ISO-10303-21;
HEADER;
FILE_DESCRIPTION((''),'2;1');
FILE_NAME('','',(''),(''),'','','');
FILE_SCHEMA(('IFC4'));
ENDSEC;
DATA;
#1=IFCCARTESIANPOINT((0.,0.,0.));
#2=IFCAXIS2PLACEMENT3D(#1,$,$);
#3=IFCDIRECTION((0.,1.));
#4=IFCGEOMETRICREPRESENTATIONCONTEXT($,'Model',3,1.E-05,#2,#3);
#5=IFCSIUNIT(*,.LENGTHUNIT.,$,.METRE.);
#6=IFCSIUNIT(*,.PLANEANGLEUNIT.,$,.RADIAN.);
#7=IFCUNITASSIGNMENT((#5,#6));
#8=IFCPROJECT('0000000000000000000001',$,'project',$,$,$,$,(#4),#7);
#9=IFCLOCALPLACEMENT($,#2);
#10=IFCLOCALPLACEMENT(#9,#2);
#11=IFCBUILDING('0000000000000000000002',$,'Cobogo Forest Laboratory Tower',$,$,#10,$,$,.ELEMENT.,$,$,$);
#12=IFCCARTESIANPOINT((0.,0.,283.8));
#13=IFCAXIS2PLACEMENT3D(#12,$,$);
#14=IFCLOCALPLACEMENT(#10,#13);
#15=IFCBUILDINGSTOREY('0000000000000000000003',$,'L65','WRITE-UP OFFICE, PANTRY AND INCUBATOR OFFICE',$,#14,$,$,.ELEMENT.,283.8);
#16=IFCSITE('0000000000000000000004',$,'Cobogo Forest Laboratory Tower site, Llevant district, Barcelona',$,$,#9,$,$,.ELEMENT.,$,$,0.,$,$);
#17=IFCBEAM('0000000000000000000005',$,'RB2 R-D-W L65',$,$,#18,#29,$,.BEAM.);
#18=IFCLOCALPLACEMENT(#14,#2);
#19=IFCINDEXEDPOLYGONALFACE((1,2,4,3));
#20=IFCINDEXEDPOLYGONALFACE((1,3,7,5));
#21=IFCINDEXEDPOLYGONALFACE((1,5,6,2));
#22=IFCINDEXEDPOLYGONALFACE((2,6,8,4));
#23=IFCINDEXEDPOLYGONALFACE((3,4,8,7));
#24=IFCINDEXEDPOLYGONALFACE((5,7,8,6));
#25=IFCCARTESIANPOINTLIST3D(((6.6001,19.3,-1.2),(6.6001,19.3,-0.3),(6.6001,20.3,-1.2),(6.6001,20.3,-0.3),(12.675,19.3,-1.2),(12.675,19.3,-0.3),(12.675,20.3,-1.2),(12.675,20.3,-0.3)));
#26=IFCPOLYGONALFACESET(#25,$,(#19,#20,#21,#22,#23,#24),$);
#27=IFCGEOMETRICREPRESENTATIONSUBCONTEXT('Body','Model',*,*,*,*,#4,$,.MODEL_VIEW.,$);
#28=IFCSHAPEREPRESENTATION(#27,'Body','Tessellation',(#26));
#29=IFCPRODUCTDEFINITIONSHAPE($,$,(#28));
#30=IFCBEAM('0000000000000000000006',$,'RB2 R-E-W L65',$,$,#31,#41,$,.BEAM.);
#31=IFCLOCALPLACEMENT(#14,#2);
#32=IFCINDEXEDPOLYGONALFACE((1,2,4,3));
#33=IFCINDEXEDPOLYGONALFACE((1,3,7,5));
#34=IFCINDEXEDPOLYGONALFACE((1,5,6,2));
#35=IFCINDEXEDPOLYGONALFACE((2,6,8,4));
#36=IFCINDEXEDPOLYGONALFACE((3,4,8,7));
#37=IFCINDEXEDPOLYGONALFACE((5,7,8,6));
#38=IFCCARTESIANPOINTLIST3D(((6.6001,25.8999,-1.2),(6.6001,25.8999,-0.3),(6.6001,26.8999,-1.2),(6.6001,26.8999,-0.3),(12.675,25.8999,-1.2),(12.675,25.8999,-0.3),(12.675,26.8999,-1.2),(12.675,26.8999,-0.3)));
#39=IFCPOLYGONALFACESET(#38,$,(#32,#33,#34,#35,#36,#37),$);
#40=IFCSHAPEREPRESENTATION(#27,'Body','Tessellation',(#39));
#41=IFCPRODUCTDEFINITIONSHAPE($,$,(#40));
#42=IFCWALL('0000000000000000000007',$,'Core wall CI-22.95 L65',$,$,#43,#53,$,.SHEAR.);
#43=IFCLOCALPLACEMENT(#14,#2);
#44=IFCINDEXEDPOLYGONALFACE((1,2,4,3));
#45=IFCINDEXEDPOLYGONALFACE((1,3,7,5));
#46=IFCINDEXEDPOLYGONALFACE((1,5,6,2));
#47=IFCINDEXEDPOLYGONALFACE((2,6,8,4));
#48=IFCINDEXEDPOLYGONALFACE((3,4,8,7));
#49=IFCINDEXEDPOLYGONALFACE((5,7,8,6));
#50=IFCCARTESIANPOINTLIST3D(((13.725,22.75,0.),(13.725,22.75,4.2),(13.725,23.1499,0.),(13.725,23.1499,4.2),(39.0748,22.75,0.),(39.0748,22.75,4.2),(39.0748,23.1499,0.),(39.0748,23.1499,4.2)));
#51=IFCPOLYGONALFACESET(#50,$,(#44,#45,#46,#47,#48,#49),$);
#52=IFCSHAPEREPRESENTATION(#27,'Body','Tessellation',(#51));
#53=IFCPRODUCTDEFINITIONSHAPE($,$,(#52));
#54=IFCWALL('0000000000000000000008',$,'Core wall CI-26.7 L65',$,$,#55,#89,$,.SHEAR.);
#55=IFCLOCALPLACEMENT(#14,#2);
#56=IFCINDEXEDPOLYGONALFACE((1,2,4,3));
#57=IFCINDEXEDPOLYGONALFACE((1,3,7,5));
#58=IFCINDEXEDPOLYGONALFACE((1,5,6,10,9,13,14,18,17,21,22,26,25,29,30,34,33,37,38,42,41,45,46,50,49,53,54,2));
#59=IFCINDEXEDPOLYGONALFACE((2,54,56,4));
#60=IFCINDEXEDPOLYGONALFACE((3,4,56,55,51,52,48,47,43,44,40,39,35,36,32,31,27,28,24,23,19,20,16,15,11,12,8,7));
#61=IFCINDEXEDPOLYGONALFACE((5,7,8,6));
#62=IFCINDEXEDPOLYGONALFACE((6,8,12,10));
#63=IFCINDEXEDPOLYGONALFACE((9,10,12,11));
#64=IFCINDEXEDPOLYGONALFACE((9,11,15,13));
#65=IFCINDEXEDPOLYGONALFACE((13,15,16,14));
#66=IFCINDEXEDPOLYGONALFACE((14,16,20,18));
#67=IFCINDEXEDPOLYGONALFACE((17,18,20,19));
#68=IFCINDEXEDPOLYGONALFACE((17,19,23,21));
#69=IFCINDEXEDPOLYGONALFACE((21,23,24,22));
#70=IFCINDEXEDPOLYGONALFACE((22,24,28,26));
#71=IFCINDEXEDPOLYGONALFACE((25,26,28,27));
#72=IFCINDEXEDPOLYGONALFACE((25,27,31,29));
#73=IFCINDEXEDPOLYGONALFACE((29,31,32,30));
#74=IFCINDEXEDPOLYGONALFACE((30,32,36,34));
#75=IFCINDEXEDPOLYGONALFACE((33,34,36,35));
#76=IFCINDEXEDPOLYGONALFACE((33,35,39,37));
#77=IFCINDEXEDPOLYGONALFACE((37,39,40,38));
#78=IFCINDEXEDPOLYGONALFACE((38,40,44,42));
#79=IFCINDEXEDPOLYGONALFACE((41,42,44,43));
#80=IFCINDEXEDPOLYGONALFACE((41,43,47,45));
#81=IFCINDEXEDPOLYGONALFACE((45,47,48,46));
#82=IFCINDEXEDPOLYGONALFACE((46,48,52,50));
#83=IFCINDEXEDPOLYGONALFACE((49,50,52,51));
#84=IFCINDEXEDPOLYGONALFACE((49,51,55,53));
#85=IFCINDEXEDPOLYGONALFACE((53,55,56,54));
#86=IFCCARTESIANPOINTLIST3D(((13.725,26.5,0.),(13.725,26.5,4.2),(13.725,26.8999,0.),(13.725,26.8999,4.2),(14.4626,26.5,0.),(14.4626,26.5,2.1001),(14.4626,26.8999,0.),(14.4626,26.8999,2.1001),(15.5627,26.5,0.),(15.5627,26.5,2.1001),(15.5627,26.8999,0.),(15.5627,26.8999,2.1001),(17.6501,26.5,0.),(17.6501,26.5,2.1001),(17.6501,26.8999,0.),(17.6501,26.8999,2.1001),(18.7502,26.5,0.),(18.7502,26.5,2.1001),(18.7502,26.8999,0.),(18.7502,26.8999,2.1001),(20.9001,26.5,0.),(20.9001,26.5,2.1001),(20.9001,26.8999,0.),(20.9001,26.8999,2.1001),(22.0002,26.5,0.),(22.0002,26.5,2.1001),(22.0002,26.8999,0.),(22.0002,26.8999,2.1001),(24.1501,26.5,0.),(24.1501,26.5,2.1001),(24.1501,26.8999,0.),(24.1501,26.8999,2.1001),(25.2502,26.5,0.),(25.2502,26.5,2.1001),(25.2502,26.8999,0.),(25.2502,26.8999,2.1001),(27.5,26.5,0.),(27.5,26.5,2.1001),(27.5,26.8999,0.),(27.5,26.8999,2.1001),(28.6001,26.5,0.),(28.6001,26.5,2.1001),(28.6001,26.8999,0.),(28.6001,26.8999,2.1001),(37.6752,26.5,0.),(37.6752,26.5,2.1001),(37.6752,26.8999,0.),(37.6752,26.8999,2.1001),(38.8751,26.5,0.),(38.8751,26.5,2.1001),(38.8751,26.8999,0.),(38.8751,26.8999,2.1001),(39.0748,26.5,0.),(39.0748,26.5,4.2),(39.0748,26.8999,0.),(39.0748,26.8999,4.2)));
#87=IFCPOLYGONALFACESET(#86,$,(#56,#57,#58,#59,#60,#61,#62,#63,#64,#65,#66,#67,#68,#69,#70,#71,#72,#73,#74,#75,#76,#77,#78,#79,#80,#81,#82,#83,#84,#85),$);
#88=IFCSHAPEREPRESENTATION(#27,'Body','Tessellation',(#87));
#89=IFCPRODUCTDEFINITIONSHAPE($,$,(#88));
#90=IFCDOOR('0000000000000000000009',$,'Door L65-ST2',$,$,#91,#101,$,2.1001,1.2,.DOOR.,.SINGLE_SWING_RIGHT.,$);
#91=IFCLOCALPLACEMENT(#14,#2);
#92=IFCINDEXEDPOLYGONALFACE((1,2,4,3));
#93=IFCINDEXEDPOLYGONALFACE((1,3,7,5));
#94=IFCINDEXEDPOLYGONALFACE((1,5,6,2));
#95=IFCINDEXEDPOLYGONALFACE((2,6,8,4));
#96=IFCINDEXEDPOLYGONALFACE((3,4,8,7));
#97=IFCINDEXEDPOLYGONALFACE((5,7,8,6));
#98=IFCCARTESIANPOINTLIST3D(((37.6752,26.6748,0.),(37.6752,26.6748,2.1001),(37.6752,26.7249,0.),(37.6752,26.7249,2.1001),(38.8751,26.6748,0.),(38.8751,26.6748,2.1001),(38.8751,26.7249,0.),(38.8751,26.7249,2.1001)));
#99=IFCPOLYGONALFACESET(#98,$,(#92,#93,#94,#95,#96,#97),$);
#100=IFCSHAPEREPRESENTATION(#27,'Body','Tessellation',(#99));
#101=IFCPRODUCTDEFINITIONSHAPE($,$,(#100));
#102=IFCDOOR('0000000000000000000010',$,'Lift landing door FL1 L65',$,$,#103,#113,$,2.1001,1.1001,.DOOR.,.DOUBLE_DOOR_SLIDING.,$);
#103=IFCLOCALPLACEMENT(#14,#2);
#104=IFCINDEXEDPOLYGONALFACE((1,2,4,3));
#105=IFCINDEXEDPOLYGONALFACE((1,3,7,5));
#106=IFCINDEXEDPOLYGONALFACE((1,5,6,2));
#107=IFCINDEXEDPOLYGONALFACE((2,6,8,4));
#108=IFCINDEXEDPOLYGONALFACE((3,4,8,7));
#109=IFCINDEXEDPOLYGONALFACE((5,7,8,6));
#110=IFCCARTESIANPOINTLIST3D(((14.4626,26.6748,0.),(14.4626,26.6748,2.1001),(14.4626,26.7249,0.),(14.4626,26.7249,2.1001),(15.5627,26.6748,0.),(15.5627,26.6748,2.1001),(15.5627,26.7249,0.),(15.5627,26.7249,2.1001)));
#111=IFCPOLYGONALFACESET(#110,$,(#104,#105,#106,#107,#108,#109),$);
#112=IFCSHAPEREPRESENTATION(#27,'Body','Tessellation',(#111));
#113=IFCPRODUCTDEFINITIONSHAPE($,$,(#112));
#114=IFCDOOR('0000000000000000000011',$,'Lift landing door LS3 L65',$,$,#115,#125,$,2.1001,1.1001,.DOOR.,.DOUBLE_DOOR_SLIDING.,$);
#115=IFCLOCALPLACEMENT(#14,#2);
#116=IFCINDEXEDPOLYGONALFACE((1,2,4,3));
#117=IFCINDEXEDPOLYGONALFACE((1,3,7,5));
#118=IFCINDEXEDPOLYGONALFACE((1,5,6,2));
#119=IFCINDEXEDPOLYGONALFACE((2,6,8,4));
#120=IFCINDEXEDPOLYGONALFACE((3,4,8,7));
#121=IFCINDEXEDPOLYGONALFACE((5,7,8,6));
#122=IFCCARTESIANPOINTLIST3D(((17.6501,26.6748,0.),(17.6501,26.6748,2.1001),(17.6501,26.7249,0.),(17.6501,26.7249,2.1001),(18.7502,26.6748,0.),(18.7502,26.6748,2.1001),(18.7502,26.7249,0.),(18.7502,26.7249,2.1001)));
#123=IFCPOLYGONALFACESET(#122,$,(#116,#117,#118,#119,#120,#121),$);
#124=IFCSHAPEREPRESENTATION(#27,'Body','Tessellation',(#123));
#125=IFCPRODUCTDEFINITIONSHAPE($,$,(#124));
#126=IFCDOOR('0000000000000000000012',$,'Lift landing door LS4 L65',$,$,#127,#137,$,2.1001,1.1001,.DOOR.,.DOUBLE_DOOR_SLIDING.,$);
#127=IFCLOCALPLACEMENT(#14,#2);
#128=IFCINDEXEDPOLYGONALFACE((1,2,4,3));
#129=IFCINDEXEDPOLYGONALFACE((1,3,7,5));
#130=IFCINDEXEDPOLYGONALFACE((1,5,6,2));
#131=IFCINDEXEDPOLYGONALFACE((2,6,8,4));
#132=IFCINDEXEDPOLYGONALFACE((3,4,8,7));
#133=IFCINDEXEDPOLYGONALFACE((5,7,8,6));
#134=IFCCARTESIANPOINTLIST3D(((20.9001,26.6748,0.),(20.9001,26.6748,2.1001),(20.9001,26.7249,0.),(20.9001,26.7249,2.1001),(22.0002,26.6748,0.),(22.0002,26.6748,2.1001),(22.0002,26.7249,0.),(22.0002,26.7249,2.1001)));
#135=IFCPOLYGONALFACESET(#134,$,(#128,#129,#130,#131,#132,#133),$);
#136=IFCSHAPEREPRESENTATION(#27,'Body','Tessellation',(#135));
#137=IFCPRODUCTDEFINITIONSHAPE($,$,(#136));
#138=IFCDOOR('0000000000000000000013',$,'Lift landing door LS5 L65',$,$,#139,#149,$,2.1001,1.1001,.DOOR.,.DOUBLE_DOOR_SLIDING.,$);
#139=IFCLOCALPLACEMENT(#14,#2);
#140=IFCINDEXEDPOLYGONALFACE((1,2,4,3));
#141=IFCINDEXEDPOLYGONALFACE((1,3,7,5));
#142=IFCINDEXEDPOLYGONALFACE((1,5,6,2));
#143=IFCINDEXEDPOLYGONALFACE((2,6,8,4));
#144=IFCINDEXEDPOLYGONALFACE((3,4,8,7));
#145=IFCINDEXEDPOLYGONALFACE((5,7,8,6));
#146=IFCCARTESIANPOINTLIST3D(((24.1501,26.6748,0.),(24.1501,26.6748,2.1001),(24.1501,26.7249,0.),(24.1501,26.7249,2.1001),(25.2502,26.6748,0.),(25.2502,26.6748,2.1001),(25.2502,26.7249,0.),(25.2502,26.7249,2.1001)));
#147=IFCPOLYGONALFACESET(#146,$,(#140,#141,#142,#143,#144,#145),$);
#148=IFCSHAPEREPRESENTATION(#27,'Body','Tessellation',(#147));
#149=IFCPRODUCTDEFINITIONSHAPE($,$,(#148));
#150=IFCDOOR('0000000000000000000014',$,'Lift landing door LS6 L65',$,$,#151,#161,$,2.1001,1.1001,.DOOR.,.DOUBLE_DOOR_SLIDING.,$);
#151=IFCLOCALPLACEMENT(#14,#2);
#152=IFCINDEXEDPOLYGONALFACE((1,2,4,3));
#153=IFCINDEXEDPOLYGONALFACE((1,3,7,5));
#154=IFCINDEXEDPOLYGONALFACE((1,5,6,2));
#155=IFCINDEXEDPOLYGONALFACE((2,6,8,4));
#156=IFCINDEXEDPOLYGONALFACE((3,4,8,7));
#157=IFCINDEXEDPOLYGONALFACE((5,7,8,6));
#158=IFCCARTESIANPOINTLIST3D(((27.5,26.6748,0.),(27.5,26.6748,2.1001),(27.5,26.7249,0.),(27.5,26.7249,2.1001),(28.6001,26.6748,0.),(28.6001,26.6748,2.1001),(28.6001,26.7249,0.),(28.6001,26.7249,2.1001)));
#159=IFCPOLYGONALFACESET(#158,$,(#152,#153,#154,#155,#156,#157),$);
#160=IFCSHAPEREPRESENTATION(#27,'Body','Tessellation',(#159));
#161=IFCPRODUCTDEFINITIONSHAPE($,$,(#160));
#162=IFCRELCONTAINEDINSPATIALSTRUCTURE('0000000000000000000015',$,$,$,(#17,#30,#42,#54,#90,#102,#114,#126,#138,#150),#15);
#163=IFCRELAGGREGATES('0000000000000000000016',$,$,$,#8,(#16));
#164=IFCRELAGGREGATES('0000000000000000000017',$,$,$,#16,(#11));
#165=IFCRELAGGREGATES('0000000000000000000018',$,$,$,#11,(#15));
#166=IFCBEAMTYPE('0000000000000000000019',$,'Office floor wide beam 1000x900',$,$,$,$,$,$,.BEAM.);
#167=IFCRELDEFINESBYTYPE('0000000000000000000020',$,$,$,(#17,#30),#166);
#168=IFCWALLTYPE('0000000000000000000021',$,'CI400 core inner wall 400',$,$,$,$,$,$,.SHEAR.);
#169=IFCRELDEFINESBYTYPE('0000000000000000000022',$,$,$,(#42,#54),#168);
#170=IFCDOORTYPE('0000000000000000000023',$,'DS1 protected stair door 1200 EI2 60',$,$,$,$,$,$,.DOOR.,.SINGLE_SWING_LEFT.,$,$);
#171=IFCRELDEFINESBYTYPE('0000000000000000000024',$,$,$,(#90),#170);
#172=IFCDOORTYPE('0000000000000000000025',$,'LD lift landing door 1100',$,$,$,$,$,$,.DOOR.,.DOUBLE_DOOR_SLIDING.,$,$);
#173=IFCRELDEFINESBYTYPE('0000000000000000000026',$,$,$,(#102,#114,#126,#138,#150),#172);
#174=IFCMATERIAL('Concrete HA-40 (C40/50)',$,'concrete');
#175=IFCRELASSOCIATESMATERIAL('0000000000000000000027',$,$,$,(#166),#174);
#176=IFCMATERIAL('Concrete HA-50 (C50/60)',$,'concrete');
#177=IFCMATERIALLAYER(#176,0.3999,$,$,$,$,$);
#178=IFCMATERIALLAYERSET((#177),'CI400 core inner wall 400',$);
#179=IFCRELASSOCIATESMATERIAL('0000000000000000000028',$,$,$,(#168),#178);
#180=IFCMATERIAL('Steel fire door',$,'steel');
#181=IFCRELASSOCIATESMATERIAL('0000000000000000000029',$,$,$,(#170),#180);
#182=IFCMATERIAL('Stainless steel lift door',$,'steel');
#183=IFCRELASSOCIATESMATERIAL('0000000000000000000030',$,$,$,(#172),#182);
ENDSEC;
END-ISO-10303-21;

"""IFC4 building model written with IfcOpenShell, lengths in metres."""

from ifc_helpers import new_model, si_unit, direction, frame, frame_2d, origin, origin_2d, place, context, subcontext, project, spatial, rectangle, extrude, material, layer, layer_set, material_profile, profile_set, type_object, element, fill, save


model = new_model("IFC4")

# Units and contexts
model_context = context("Model", 3, precision=1e-05, world=origin(), true_north=direction((0.0, 1.0)))
body_context = subcontext(model_context, "Body", "Model", "MODEL_VIEW")
ifc_project = project(units=[si_unit("LENGTHUNIT", "METRE"), si_unit("PLANEANGLEUNIT", "RADIAN")], contexts=[model_context])

# Site, building, storey
site_placement = place(None, origin())
site = spatial("IfcSite", under=ifc_project, at=site_placement, Name="Cobogo Forest Laboratory Tower site, Llevant district, Barcelona", CompositionType="ELEMENT", RefElevation=0.0)
building_placement = place(site_placement, origin())
building = spatial("IfcBuilding", under=site, at=building_placement, Name="Cobogo Forest Laboratory Tower", CompositionType="ELEMENT")
storey_placement = place(building_placement, frame((0.0, 0.0, 283.8)))
storey = spatial("IfcBuildingStorey", under=building, at=storey_placement, Name="L65", Description="WRITE-UP OFFICE, PANTRY AND INCUBATOR OFFICE", CompositionType="ELEMENT", Elevation=283.8)

# Beams
ifc_material_1 = material(Name="Concrete HA-40 (C40/50)", Category="concrete")
ifc_material_profile = material_profile(ifc_material_1, rectangle(XDim=1.0, YDim=0.8999, at=origin_2d()), Name="RC 1000x900")
ifc_profile_set = profile_set([ifc_material_profile], Name="Concrete HA-40 (C40/50)")
beam_type = type_object("IfcBeamType", Name="Office floor wide beam 1000x900", PredefinedType="BEAM", material=ifc_profile_set)
for number, where, z_axis, x_axis, name in (
    (1, (12.675, 19.8, -0.75), (-1.0, 0.0, 0.0), (0.0, -1.0, 0.0), "RB2 R-D-W L65"),
    (2, (12.675, 26.3999, -0.75), (-1.0, 0.0, 0.0), (0.0, -1.0, 0.0), "RB2 R-E-W L65"),
):
    element("IfcBeam", number, at=place(storey_placement, frame(where, z_axis=z_axis, x_axis=x_axis)), inside=storey, type_object=beam_type, Name=name, PredefinedType="BEAM", context=body_context, shape_type="SweptSolid", body=[
        extrude(rectangle(XDim=1.0, YDim=0.8999, at=origin_2d()), origin(), (0.0, 0.0, 1.0), 6.075),
    ])

# Wall
ifc_material_2 = material(Name="Concrete HA-50 (C50/60)", Category="concrete")
ifc_layer_1 = layer(ifc_material_2, 0.3999)
ifc_layer_set_1 = layer_set([ifc_layer_1], Name="CI400 core inner wall 400")
wall_type_1 = type_object("IfcWallType", Name="CI400 core inner wall 400", PredefinedType="SHEAR", material=ifc_layer_set_1)
wall_1_placement = place(storey_placement, frame((13.7251, 22.95, 0.0), z_axis=(0.0, 0.0, 1.0), x_axis=(1.0, 0.0, 0.0)))
element("IfcWall", 3, at=wall_1_placement, inside=storey, type_object=wall_type_1, Name="Core wall CI-22.95 L65", PredefinedType="SHEAR", context=body_context, shape_type="SweptSolid", body=[
    extrude(rectangle(XDim=25.3499, YDim=0.3999, at=frame_2d((12.6748, 0.0))), origin(), (0.0, 0.0, 1.0), 4.2),
])

# Wall, openings, doors
wall_2_placement = place(storey_placement, frame((13.7251, 26.7, 0.0), z_axis=(0.0, 0.0, 1.0), x_axis=(1.0, 0.0, 0.0)))
wall_2 = element("IfcWall", 4, at=wall_2_placement, inside=storey, type_object=wall_type_1, Name="Core wall CI-26.7 L65", PredefinedType="SHEAR", context=body_context, shape_type="SweptSolid", body=[
    extrude(rectangle(XDim=25.3499, YDim=0.3999, at=frame_2d((12.6748, 0.0))), origin(), (0.0, 0.0, 1.0), 4.2),
])
opening_1_placement = place(wall_2_placement, frame((23.95, 0.0, 0.0)))
opening_1 = element("IfcOpeningElement", 5, at=opening_1_placement, cuts=wall_2, PredefinedType="OPENING", context=body_context, shape_type="SweptSolid", body=[
    extrude(rectangle(XDim=1.2, YDim=2.1001, at=frame_2d((0.6001, 1.05))), frame((0.0, 0.21, 0.0), z_axis=(0.0, -1.0, 0.0), x_axis=(1.0, 0.0, 0.0)), (0.0, 0.0, 1.0), 0.4199),
])
opening_2_placement = place(wall_2_placement, frame((0.7375, 0.0, 0.0)))
opening_2 = element("IfcOpeningElement", 6, at=opening_2_placement, cuts=wall_2, PredefinedType="OPENING", context=body_context, shape_type="SweptSolid", body=[
    extrude(rectangle(XDim=1.1001, YDim=2.1001, at=frame_2d((0.55, 1.05))), frame((0.0, 0.21, 0.0), z_axis=(0.0, -1.0, 0.0), x_axis=(1.0, 0.0, 0.0)), (0.0, 0.0, 1.0), 0.4199),
])
opening_3_placement = place(wall_2_placement, frame((3.925, 0.0, 0.0)))
opening_3 = element("IfcOpeningElement", 7, at=opening_3_placement, cuts=wall_2, PredefinedType="OPENING", context=body_context, shape_type="SweptSolid", body=[
    extrude(rectangle(XDim=1.1001, YDim=2.1001, at=frame_2d((0.55, 1.05))), frame((0.0, 0.21, 0.0), z_axis=(0.0, -1.0, 0.0), x_axis=(1.0, 0.0, 0.0)), (0.0, 0.0, 1.0), 0.4199),
])
opening_4_placement = place(wall_2_placement, frame((7.175, 0.0, 0.0)))
opening_4 = element("IfcOpeningElement", 8, at=opening_4_placement, cuts=wall_2, PredefinedType="OPENING", context=body_context, shape_type="SweptSolid", body=[
    extrude(rectangle(XDim=1.1001, YDim=2.1001, at=frame_2d((0.55, 1.05))), frame((0.0, 0.21, 0.0), z_axis=(0.0, -1.0, 0.0), x_axis=(1.0, 0.0, 0.0)), (0.0, 0.0, 1.0), 0.4199),
])
opening_5_placement = place(wall_2_placement, frame((10.425, 0.0, 0.0)))
opening_5 = element("IfcOpeningElement", 9, at=opening_5_placement, cuts=wall_2, PredefinedType="OPENING", context=body_context, shape_type="SweptSolid", body=[
    extrude(rectangle(XDim=1.1001, YDim=2.1001, at=frame_2d((0.55, 1.05))), frame((0.0, 0.21, 0.0), z_axis=(0.0, -1.0, 0.0), x_axis=(1.0, 0.0, 0.0)), (0.0, 0.0, 1.0), 0.4199),
])
opening_6_placement = place(wall_2_placement, frame((13.7749, 0.0, 0.0)))
opening_6 = element("IfcOpeningElement", 10, at=opening_6_placement, cuts=wall_2, PredefinedType="OPENING", context=body_context, shape_type="SweptSolid", body=[
    extrude(rectangle(XDim=1.1001, YDim=2.1001, at=frame_2d((0.55, 1.05))), frame((0.0, 0.21, 0.0), z_axis=(0.0, -1.0, 0.0), x_axis=(1.0, 0.0, 0.0)), (0.0, 0.0, 1.0), 0.4199),
])
ifc_material_3 = material(Name="Steel fire door", Category="steel")
door_type_1 = type_object("IfcDoorType", Name="DS1 protected stair door 1200 EI2 60", OperationType="SINGLE_SWING_LEFT", PredefinedType="DOOR", material=ifc_material_3)
door_1_placement = place(opening_1_placement, origin())
door_1 = element("IfcDoor", 11, at=door_1_placement, inside=storey, type_object=door_type_1, Name="Door L65-ST2", OperationType="SINGLE_SWING_RIGHT", OverallHeight=2.1001, OverallWidth=1.2, PredefinedType="DOOR", context=body_context, shape_type="SweptSolid", body=[
    extrude(rectangle(XDim=1.2, YDim=2.1001, at=frame_2d((0.6001, 1.05))), frame((0.0, 0.0249, 0.0), z_axis=(0.0, -1.0, 0.0), x_axis=(1.0, 0.0, 0.0)), (0.0, 0.0, 1.0), 0.05),
])
fill(opening_1, door_1)
ifc_material_4 = material(Name="Stainless steel lift door", Category="steel")
door_type_2 = type_object("IfcDoorType", Name="LD lift landing door 1100", OperationType="DOUBLE_DOOR_SLIDING", PredefinedType="DOOR", material=ifc_material_4)
door_2_placement = place(opening_2_placement, origin())
door_2 = element("IfcDoor", 12, at=door_2_placement, inside=storey, type_object=door_type_2, Name="Lift landing door FL1 L65", OperationType="DOUBLE_DOOR_SLIDING", OverallHeight=2.1001, OverallWidth=1.1001, PredefinedType="DOOR", context=body_context, shape_type="SweptSolid", body=[
    extrude(rectangle(XDim=1.1001, YDim=2.1001, at=frame_2d((0.55, 1.05))), frame((0.0, 0.0249, 0.0), z_axis=(0.0, -1.0, 0.0), x_axis=(1.0, 0.0, 0.0)), (0.0, 0.0, 1.0), 0.05),
])
fill(opening_2, door_2)
door_3_placement = place(opening_3_placement, origin())
door_3 = element("IfcDoor", 13, at=door_3_placement, inside=storey, type_object=door_type_2, Name="Lift landing door LS3 L65", OperationType="DOUBLE_DOOR_SLIDING", OverallHeight=2.1001, OverallWidth=1.1001, PredefinedType="DOOR", context=body_context, shape_type="SweptSolid", body=[
    extrude(rectangle(XDim=1.1001, YDim=2.1001, at=frame_2d((0.55, 1.05))), frame((0.0, 0.0249, 0.0), z_axis=(0.0, -1.0, 0.0), x_axis=(1.0, 0.0, 0.0)), (0.0, 0.0, 1.0), 0.05),
])
fill(opening_3, door_3)
door_4_placement = place(opening_4_placement, origin())
door_4 = element("IfcDoor", 14, at=door_4_placement, inside=storey, type_object=door_type_2, Name="Lift landing door LS4 L65", OperationType="DOUBLE_DOOR_SLIDING", OverallHeight=2.1001, OverallWidth=1.1001, PredefinedType="DOOR", context=body_context, shape_type="SweptSolid", body=[
    extrude(rectangle(XDim=1.1001, YDim=2.1001, at=frame_2d((0.55, 1.05))), frame((0.0, 0.0249, 0.0), z_axis=(0.0, -1.0, 0.0), x_axis=(1.0, 0.0, 0.0)), (0.0, 0.0, 1.0), 0.05),
])
fill(opening_4, door_4)
door_5_placement = place(opening_5_placement, origin())
door_5 = element("IfcDoor", 15, at=door_5_placement, inside=storey, type_object=door_type_2, Name="Lift landing door LS5 L65", OperationType="DOUBLE_DOOR_SLIDING", OverallHeight=2.1001, OverallWidth=1.1001, PredefinedType="DOOR", context=body_context, shape_type="SweptSolid", body=[
    extrude(rectangle(XDim=1.1001, YDim=2.1001, at=frame_2d((0.55, 1.05))), frame((0.0, 0.0249, 0.0), z_axis=(0.0, -1.0, 0.0), x_axis=(1.0, 0.0, 0.0)), (0.0, 0.0, 1.0), 0.05),
])
fill(opening_5, door_5)
door_6_placement = place(opening_6_placement, origin())
door_6 = element("IfcDoor", 16, at=door_6_placement, inside=storey, type_object=door_type_2, Name="Lift landing door LS6 L65", OperationType="DOUBLE_DOOR_SLIDING", OverallHeight=2.1001, OverallWidth=1.1001, PredefinedType="DOOR", context=body_context, shape_type="SweptSolid", body=[
    extrude(rectangle(XDim=1.1001, YDim=2.1001, at=frame_2d((0.55, 1.05))), frame((0.0, 0.0249, 0.0), z_axis=(0.0, -1.0, 0.0), x_axis=(1.0, 0.0, 0.0)), (0.0, 0.0, 1.0), 0.05),
])
fill(opening_6, door_6)

save(model, "model.ifc")
